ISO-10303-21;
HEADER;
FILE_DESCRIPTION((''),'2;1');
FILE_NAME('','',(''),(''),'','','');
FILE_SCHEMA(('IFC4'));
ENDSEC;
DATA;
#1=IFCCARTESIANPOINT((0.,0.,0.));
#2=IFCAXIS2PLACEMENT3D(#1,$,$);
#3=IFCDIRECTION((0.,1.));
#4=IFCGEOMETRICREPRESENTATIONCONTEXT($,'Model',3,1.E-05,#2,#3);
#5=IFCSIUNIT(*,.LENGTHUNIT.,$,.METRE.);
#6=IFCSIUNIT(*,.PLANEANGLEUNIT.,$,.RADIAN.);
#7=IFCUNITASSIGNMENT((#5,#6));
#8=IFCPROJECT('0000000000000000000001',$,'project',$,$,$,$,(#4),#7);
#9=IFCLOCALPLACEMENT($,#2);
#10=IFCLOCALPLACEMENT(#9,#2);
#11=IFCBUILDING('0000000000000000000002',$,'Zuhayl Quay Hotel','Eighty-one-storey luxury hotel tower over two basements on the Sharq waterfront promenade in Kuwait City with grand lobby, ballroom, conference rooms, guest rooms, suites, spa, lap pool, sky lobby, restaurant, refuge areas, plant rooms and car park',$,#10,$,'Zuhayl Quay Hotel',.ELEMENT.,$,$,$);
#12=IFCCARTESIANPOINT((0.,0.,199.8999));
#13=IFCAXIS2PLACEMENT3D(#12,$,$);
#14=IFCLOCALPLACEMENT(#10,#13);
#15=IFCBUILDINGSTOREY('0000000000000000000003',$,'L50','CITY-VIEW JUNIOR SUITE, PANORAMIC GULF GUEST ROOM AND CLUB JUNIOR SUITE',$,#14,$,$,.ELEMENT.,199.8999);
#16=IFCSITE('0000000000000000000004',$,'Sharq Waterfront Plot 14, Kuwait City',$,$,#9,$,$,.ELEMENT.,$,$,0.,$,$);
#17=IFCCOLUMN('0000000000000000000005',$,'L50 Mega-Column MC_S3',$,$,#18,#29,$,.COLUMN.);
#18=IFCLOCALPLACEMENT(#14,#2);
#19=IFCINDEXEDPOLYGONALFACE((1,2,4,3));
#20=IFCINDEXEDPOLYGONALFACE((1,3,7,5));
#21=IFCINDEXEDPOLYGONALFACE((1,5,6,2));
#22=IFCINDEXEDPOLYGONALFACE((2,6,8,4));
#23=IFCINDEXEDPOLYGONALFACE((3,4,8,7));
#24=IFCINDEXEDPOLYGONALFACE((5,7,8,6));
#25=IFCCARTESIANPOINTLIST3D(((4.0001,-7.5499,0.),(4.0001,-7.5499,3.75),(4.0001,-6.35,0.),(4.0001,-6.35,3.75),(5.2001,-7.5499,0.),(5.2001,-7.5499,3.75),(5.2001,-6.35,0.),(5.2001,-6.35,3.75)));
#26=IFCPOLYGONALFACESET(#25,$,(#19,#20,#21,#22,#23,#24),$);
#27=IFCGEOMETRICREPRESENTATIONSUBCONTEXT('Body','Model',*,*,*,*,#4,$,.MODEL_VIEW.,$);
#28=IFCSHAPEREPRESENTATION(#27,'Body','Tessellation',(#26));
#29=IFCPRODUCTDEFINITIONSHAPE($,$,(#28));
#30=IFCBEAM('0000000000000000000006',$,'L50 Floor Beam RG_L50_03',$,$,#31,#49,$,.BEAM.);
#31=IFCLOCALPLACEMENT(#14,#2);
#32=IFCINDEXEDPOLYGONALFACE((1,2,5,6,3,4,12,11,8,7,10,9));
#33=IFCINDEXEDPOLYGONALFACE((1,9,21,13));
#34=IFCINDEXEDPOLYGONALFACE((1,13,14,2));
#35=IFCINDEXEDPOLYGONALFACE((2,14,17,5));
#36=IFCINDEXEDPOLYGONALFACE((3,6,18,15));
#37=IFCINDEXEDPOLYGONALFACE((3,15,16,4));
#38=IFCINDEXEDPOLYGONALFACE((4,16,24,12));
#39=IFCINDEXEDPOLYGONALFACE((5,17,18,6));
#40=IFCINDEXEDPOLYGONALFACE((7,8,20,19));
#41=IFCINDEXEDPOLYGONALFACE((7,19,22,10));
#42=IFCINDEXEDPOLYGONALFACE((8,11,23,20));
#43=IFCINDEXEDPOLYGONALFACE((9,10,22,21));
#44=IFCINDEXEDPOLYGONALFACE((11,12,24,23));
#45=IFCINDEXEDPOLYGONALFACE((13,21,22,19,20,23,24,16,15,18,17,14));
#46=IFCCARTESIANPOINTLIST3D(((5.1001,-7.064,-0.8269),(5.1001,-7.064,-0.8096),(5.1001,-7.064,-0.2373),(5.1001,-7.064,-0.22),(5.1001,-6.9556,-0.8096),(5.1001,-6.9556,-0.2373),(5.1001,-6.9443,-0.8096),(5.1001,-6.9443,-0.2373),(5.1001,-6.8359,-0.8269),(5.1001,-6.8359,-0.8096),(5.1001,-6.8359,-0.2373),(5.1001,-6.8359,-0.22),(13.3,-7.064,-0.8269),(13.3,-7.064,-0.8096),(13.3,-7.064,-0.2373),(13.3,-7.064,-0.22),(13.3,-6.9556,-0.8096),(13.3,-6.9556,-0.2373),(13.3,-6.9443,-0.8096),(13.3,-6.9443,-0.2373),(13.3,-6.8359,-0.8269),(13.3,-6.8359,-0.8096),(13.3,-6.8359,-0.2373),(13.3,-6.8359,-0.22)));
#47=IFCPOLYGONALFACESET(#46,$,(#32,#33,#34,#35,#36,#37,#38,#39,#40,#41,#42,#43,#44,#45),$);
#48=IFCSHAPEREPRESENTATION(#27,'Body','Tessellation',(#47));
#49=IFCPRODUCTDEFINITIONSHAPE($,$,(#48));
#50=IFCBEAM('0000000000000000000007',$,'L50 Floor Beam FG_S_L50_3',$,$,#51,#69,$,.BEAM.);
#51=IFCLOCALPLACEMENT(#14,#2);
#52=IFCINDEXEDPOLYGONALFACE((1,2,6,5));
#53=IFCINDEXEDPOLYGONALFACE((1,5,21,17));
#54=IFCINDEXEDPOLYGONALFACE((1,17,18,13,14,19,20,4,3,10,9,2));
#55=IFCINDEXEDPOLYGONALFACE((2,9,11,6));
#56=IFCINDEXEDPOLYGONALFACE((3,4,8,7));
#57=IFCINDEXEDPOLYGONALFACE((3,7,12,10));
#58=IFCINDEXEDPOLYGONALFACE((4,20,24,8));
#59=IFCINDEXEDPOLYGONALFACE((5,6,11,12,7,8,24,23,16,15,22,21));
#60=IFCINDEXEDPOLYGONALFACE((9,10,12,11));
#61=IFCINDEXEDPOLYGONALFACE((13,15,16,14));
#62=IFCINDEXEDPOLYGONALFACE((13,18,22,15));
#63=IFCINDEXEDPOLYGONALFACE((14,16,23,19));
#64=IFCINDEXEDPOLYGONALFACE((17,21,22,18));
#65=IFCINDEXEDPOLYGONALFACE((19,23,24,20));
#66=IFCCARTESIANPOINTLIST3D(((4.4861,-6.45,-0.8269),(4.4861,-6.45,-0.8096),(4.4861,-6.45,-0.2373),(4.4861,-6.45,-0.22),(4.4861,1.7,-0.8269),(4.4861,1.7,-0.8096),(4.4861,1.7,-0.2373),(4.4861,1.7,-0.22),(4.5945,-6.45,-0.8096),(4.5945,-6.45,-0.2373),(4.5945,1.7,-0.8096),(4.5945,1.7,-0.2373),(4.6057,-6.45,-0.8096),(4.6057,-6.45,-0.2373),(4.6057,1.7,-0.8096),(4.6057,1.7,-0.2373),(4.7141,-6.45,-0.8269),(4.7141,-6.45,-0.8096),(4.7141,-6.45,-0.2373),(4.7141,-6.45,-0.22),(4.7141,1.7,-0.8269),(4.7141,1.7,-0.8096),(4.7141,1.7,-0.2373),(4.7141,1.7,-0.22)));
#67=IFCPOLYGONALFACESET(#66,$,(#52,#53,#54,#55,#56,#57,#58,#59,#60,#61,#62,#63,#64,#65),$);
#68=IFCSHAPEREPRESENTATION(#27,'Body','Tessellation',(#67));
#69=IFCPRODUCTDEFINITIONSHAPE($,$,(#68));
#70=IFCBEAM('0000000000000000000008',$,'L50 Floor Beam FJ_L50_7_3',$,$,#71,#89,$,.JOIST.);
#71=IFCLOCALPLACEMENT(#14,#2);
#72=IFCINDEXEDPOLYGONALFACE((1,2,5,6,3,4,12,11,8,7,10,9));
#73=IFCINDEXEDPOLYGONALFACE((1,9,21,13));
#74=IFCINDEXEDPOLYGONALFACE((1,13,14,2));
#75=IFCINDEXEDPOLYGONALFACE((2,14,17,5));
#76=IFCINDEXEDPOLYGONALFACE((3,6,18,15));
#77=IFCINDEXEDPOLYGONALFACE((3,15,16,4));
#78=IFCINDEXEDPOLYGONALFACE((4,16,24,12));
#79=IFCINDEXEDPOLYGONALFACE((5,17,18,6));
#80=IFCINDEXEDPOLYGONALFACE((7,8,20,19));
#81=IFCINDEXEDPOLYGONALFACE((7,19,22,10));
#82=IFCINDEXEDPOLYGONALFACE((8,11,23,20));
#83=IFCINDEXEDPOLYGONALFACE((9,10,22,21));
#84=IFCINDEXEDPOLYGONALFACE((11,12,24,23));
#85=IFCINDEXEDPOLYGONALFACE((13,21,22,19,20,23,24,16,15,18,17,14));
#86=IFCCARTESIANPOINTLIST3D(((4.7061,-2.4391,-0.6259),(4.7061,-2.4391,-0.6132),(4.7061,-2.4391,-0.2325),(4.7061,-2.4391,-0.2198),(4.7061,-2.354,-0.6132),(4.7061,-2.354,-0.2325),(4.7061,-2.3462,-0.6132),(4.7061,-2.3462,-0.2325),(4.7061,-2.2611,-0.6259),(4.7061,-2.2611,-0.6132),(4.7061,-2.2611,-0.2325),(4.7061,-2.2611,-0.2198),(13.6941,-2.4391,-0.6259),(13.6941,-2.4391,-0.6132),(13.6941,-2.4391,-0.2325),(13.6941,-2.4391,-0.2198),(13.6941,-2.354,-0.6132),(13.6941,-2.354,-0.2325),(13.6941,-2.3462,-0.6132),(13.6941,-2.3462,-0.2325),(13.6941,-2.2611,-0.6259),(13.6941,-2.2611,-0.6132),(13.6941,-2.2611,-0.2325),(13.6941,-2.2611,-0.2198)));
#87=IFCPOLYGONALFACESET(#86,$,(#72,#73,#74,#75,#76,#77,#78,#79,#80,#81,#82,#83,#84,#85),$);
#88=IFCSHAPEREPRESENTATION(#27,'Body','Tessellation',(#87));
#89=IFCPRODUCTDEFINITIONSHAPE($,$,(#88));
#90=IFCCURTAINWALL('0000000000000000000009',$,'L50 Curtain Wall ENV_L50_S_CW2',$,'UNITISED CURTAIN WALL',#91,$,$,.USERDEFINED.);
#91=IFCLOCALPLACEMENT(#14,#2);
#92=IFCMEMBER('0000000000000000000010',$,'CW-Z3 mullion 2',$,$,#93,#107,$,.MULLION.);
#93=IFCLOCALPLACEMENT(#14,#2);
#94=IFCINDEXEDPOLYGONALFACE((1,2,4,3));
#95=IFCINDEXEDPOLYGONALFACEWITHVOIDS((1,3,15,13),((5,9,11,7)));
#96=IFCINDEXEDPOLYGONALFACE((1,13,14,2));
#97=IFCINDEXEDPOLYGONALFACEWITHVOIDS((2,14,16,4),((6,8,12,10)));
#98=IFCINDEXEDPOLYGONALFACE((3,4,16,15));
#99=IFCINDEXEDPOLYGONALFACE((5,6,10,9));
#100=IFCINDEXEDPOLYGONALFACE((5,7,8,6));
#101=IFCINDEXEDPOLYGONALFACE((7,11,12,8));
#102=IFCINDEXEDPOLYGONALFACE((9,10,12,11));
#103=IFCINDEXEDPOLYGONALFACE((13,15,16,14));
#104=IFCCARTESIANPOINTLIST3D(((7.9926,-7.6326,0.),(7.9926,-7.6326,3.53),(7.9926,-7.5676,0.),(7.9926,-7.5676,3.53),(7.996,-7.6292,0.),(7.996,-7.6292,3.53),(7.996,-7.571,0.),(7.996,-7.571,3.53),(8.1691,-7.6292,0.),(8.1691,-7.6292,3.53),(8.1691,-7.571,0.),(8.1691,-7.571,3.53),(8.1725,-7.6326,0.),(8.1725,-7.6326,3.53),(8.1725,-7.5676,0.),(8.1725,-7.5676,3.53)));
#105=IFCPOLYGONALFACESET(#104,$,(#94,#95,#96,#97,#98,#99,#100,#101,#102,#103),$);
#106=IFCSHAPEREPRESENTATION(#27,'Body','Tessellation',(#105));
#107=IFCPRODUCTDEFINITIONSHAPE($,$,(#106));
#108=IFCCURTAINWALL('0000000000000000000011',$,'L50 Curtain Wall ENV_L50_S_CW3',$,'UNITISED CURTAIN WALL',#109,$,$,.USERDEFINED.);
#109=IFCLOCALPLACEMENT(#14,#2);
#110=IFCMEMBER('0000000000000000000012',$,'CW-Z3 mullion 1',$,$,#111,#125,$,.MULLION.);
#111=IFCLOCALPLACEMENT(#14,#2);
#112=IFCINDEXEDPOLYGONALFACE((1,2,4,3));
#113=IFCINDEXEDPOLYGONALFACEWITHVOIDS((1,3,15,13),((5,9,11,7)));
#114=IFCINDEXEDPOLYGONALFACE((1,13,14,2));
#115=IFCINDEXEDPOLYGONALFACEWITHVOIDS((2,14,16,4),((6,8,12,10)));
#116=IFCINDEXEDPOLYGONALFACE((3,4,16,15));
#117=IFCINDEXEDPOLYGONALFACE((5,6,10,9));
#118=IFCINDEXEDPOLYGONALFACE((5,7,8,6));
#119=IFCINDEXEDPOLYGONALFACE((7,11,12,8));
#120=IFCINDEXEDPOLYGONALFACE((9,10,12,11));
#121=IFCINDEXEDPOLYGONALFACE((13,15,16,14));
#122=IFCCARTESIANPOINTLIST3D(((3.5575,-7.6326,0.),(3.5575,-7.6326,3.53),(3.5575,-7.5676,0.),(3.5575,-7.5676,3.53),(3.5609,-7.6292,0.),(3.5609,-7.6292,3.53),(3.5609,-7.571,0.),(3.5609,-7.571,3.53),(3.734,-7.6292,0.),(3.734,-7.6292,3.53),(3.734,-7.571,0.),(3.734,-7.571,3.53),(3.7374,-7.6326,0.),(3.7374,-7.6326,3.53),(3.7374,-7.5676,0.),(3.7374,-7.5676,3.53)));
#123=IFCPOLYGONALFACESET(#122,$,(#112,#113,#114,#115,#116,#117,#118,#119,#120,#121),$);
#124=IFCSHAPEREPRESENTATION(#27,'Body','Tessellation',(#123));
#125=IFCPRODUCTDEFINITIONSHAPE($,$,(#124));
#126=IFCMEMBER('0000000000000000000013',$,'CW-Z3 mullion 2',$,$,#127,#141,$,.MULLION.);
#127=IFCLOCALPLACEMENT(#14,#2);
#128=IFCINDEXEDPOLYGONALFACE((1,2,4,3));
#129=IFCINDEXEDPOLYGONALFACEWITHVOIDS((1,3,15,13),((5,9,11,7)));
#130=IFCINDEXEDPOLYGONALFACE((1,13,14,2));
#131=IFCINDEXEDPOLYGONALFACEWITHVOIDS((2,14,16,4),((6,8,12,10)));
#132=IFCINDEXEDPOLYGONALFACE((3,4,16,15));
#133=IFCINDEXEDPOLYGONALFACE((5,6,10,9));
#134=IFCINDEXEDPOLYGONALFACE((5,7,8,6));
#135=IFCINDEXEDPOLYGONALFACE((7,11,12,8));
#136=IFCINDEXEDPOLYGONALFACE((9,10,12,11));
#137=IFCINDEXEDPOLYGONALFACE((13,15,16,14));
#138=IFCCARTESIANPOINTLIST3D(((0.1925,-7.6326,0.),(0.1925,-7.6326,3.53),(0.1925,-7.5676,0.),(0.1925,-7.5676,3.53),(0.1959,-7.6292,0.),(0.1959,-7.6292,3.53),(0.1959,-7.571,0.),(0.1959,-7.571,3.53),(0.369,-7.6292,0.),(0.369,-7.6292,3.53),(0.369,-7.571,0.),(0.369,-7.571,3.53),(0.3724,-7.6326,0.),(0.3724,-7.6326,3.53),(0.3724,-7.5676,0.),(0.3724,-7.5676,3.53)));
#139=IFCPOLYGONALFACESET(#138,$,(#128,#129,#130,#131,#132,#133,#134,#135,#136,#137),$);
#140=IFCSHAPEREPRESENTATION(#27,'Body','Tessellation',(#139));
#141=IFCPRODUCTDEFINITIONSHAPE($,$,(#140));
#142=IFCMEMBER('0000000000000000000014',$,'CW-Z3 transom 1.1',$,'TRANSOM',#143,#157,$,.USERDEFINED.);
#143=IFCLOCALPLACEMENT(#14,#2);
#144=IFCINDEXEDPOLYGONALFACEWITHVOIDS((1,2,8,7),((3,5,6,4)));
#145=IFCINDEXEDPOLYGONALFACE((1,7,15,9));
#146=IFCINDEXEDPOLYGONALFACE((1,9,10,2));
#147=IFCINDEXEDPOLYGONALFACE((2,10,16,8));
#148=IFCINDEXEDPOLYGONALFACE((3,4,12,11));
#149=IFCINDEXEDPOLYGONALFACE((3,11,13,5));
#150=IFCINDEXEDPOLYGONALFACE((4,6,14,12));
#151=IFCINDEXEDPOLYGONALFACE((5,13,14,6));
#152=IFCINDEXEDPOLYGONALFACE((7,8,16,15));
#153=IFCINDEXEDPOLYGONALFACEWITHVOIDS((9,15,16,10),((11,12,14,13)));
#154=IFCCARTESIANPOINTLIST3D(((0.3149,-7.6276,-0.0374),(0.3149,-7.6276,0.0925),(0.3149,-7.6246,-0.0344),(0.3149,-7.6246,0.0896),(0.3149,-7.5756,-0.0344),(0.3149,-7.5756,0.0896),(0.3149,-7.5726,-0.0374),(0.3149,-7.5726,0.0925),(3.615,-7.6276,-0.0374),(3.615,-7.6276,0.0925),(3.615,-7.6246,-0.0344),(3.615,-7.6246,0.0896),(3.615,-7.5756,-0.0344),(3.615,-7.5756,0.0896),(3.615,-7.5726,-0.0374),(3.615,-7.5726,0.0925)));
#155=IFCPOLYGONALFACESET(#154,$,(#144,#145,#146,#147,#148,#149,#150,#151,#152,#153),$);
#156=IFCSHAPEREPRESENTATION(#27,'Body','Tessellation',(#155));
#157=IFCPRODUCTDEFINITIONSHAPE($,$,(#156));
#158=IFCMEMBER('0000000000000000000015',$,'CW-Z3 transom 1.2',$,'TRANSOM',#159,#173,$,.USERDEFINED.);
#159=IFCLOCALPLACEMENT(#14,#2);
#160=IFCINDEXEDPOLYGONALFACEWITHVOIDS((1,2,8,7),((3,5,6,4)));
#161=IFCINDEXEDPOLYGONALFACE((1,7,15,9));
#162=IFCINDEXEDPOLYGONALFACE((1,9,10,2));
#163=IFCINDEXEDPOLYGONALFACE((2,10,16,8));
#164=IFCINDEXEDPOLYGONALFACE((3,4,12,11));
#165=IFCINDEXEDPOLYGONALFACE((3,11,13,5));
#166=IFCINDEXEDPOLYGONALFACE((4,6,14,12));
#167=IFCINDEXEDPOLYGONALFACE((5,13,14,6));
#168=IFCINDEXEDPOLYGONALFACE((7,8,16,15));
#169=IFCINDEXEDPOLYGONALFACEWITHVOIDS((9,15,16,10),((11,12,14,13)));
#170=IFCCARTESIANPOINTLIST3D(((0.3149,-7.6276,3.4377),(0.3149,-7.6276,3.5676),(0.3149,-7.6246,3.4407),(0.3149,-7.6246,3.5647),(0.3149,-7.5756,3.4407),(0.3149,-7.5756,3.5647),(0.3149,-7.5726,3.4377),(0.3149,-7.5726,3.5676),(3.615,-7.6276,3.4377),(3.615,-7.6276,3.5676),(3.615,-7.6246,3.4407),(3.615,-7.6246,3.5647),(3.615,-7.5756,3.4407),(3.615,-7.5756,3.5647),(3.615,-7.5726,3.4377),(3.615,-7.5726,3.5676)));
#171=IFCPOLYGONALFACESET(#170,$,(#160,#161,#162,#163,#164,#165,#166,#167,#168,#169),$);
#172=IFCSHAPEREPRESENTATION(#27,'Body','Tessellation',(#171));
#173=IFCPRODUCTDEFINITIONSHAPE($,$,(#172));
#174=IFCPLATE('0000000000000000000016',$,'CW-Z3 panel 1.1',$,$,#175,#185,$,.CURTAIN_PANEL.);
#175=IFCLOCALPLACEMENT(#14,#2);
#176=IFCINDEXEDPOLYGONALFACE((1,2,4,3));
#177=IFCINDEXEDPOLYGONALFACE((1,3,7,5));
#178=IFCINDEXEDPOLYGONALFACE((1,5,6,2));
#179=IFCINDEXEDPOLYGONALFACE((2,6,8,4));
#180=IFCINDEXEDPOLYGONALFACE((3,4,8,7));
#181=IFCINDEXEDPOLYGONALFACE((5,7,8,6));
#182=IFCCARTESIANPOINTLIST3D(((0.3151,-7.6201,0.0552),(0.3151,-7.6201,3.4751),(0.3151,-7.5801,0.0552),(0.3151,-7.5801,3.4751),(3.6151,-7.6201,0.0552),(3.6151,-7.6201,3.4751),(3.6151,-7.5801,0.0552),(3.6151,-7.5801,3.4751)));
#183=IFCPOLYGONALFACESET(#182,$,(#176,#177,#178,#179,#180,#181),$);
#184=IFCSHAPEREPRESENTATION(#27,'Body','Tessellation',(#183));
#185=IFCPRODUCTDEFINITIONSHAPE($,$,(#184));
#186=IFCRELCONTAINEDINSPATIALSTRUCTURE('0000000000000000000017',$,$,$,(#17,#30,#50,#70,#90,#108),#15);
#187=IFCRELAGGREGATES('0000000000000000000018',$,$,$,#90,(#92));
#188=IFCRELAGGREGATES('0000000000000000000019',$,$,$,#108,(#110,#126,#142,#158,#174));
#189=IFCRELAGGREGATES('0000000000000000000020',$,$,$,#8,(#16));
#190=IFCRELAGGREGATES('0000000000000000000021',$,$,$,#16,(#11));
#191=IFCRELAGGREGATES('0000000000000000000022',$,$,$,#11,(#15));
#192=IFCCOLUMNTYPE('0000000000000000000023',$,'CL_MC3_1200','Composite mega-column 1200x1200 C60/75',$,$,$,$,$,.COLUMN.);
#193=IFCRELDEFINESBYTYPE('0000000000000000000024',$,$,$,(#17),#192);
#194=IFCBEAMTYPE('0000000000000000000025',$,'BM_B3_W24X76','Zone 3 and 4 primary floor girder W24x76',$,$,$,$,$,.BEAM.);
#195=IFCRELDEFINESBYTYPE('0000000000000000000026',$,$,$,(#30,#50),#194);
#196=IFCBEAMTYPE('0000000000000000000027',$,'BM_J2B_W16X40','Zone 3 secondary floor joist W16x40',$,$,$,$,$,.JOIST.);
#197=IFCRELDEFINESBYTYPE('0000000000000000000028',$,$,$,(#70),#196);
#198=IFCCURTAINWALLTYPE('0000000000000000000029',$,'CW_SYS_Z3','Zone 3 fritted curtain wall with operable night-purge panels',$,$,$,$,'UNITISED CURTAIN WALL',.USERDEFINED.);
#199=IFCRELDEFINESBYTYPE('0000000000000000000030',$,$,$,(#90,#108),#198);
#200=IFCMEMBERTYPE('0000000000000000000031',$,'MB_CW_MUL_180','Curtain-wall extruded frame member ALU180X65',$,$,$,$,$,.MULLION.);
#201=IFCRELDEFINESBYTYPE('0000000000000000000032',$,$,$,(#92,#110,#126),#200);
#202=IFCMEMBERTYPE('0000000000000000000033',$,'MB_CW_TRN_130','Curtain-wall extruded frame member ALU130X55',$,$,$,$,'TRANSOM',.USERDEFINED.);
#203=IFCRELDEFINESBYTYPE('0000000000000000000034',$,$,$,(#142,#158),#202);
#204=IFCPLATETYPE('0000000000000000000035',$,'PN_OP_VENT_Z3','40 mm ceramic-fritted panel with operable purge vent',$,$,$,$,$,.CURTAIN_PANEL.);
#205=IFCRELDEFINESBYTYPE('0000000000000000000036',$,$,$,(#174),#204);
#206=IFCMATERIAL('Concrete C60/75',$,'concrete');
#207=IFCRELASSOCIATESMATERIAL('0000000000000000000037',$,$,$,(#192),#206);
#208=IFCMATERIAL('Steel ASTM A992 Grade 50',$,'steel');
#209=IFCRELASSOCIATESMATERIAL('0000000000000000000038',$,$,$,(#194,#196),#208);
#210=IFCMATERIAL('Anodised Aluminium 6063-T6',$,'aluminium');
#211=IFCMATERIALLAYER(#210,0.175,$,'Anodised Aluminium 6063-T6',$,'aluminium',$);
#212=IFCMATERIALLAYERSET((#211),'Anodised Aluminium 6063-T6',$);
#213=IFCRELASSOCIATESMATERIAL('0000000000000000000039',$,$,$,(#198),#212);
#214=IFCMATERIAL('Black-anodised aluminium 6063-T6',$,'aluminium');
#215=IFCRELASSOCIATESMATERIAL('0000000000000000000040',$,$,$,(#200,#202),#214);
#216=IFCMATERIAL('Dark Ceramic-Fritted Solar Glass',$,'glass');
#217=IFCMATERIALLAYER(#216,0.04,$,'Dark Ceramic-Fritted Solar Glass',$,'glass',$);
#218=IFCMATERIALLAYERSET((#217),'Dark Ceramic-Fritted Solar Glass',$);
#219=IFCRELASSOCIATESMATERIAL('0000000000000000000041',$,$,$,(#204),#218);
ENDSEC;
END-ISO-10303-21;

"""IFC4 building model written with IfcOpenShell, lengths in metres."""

from ifc_helpers import new_model, si_unit, direction, frame, origin, origin_2d, place, context, subcontext, project, spatial, rectangle, hollow_rectangle, i_section, extrude, material, layer, layer_set, material_profile, profile_set, type_object, element, aggregate, save


model = new_model("IFC4")

# Units and contexts
model_context = context("Model", 3, precision=1e-05, world=origin(), true_north=direction((0.0, 1.0)))
body_context = subcontext(model_context, "Body", "Model", "MODEL_VIEW")
ifc_project = project(units=[si_unit("LENGTHUNIT", "METRE"), si_unit("PLANEANGLEUNIT", "RADIAN")], contexts=[model_context])

# Site, building, storey
site_placement = place(None, origin())
site = spatial("IfcSite", under=ifc_project, at=site_placement, Name="Sharq Waterfront Plot 14, Kuwait City", CompositionType="ELEMENT", RefElevation=0.0)
building_placement = place(site_placement, origin())
building = spatial("IfcBuilding", under=site, at=building_placement, Name="Zuhayl Quay Hotel", Description="Eighty-one-storey luxury hotel tower over two basements on the Sharq waterfront promenade in Kuwait City with grand lobby, ballroom, conference rooms, guest rooms, suites, spa, lap pool, sky lobby, restaurant, refuge areas, plant rooms and car park", LongName="Zuhayl Quay Hotel", CompositionType="ELEMENT")
storey_placement = place(building_placement, frame((0.0, 0.0, 199.8999)))
storey = spatial("IfcBuildingStorey", under=building, at=storey_placement, Name="L50", Description="CITY-VIEW JUNIOR SUITE, PANORAMIC GULF GUEST ROOM AND CLUB JUNIOR SUITE", CompositionType="ELEMENT", Elevation=199.8999)

# Column
ifc_material_1 = material(Name="Concrete C60/75", Category="concrete")
ifc_material_profile_1 = material_profile(ifc_material_1, rectangle(XDim=1.2, YDim=1.2, at=origin_2d()), Name="RC1200X1200")
ifc_profile_set_1 = profile_set([ifc_material_profile_1], Name="Concrete C60/75")
column_type = type_object("IfcColumnType", Name="CL_MC3_1200", Description="Composite mega-column 1200x1200 C60/75", PredefinedType="COLUMN", material=ifc_profile_set_1)
column_placement = place(storey_placement, frame((4.6001, -6.95, 0.0), z_axis=(0.0, 0.0, 1.0), x_axis=(1.0, 0.0, 0.0)))
element("IfcColumn", 1, at=column_placement, inside=storey, type_object=column_type, Name="L50 Mega-Column MC_S3", PredefinedType="COLUMN", context=body_context, shape_type="SweptSolid", body=[
    extrude(rectangle(XDim=1.2, YDim=1.2, at=origin_2d()), origin(), (0.0, 0.0, 1.0), 3.75),
])

# Beams
ifc_material_2 = material(Name="Steel ASTM A992 Grade 50", Category="steel")
ifc_material_profile_2 = material_profile(ifc_material_2, i_section(OverallWidth=0.228, OverallDepth=0.6069, WebThickness=0.0112, FlangeThickness=0.0173, at=origin_2d()), Name="W24X76")
ifc_profile_set_2 = profile_set([ifc_material_profile_2], Name="Steel ASTM A992 Grade 50")
beam_type_1 = type_object("IfcBeamType", Name="BM_B3_W24X76", Description="Zone 3 and 4 primary floor girder W24x76", PredefinedType="BEAM", material=ifc_profile_set_2)
beam_1_placement = place(storey_placement, frame((5.1001, -6.95, -0.5234), z_axis=(1.0, 0.0, 0.0), x_axis=(0.0, 1.0, 0.0)))
element("IfcBeam", 2, at=beam_1_placement, inside=storey, type_object=beam_type_1, Name="L50 Floor Beam RG_L50_03", PredefinedType="BEAM", context=body_context, shape_type="SweptSolid", body=[
    extrude(i_section(OverallWidth=0.228, OverallDepth=0.6069, WebThickness=0.0112, FlangeThickness=0.0173, at=origin_2d()), origin(), (0.0, 0.0, 1.0), 8.2),
])
beam_2_placement = place(storey_placement, frame((4.6001, -6.45, -0.5234), z_axis=(0.0, 1.0, 0.0), x_axis=(-1.0, 0.0, 0.0)))
element("IfcBeam", 3, at=beam_2_placement, inside=storey, type_object=beam_type_1, Name="L50 Floor Beam FG_S_L50_3", PredefinedType="BEAM", context=body_context, shape_type="SweptSolid", body=[
    extrude(i_section(OverallWidth=0.228, OverallDepth=0.6069, WebThickness=0.0112, FlangeThickness=0.0173, at=origin_2d()), origin(), (0.0, 0.0, 1.0), 8.1499),
])
ifc_material_profile_3 = material_profile(ifc_material_2, i_section(OverallWidth=0.178, OverallDepth=0.406, WebThickness=0.0078, FlangeThickness=0.0127, at=origin_2d()), Name="W16X40")
ifc_profile_set_3 = profile_set([ifc_material_profile_3], Name="Steel ASTM A992 Grade 50")
beam_type_2 = type_object("IfcBeamType", Name="BM_J2B_W16X40", Description="Zone 3 secondary floor joist W16x40", PredefinedType="JOIST", material=ifc_profile_set_3)
beam_3_placement = place(storey_placement, frame((4.7061, -2.3501, -0.4229), z_axis=(1.0, 0.0, 0.0), x_axis=(0.0, 1.0, 0.0)))
element("IfcBeam", 4, at=beam_3_placement, inside=storey, type_object=beam_type_2, Name="L50 Floor Beam FJ_L50_7_3", PredefinedType="JOIST", context=body_context, shape_type="SweptSolid", body=[
    extrude(i_section(OverallWidth=0.178, OverallDepth=0.406, WebThickness=0.0078, FlangeThickness=0.0127, at=origin_2d()), origin(), (0.0, 0.0, 1.0), 8.988),
])

# Curtain wall, member
ifc_material_3 = material(Name="Anodised Aluminium 6063-T6", Category="aluminium")
ifc_layer_1 = layer(ifc_material_3, 0.175, Name="Anodised Aluminium 6063-T6", Category="aluminium")
ifc_layer_set_1 = layer_set([ifc_layer_1], Name="Anodised Aluminium 6063-T6")
curtain_wall_type = type_object("IfcCurtainWallType", Name="CW_SYS_Z3", Description="Zone 3 fritted curtain wall with operable night-purge panels", ElementType="UNITISED CURTAIN WALL", PredefinedType="USERDEFINED", material=ifc_layer_set_1)
curtain_wall_1_placement = place(storey_placement, origin())
curtain_wall_1 = element("IfcCurtainWall", 5, at=curtain_wall_1_placement, inside=storey, type_object=curtain_wall_type, Name="L50 Curtain Wall ENV_L50_S_CW2", ObjectType="UNITISED CURTAIN WALL", PredefinedType="USERDEFINED")
ifc_material_4 = material(Name="Black-anodised aluminium 6063-T6", Category="aluminium")
ifc_material_profile_4 = material_profile(ifc_material_4, hollow_rectangle(XDim=0.0649, YDim=0.1799, WallThickness=0.0034, at=origin_2d()), Name="ALU180X65")
ifc_profile_set_4 = profile_set([ifc_material_profile_4], Name="Black-anodised aluminium 6063-T6")
member_type_1 = type_object("IfcMemberType", Name="MB_CW_MUL_180", Description="Curtain-wall extruded frame member ALU180X65", PredefinedType="MULLION", material=ifc_profile_set_4)
member_1_placement = place(storey_placement, frame((8.0825, -7.6001, 0.0), z_axis=(0.0, 0.0, 1.0), x_axis=(0.0, -1.0, 0.0)))
member_1 = element("IfcMember", 6, at=member_1_placement, type_object=member_type_1, Name="CW-Z3 mullion 2", PredefinedType="MULLION", context=body_context, shape_type="SweptSolid", body=[
    extrude(hollow_rectangle(XDim=0.0649, YDim=0.1799, WallThickness=0.0034, at=origin_2d()), origin(), (0.0, 0.0, 1.0), 3.53),
])
aggregate(curtain_wall_1, [member_1])

# Curtain wall, members, plate
curtain_wall_2_placement = place(storey_placement, origin())
curtain_wall_2 = element("IfcCurtainWall", 7, at=curtain_wall_2_placement, inside=storey, type_object=curtain_wall_type, Name="L50 Curtain Wall ENV_L50_S_CW3", ObjectType="UNITISED CURTAIN WALL", PredefinedType="USERDEFINED")
member_2_placement = place(storey_placement, frame((3.6475, -7.6001, 0.0), z_axis=(0.0, 0.0, 1.0), x_axis=(0.0, -1.0, 0.0)))
member_2 = element("IfcMember", 8, at=member_2_placement, type_object=member_type_1, Name="CW-Z3 mullion 1", PredefinedType="MULLION", context=body_context, shape_type="SweptSolid", body=[
    extrude(hollow_rectangle(XDim=0.0649, YDim=0.1799, WallThickness=0.0034, at=origin_2d()), origin(), (0.0, 0.0, 1.0), 3.53),
])
member_3_placement = place(storey_placement, frame((0.2825, -7.6001, 0.0), z_axis=(0.0, 0.0, 1.0), x_axis=(0.0, -1.0, 0.0)))
member_3 = element("IfcMember", 9, at=member_3_placement, type_object=member_type_1, Name="CW-Z3 mullion 2", PredefinedType="MULLION", context=body_context, shape_type="SweptSolid", body=[
    extrude(hollow_rectangle(XDim=0.0649, YDim=0.1799, WallThickness=0.0034, at=origin_2d()), origin(), (0.0, 0.0, 1.0), 3.53),
])
ifc_material_profile_5 = material_profile(ifc_material_4, hollow_rectangle(XDim=0.0549, YDim=0.1299, WallThickness=0.0029, at=origin_2d()), Name="ALU130X55")
ifc_profile_set_5 = profile_set([ifc_material_profile_5], Name="Black-anodised aluminium 6063-T6")
member_type_2 = type_object("IfcMemberType", Name="MB_CW_TRN_130", Description="Curtain-wall extruded frame member ALU130X55", ElementType="TRANSOM", PredefinedType="USERDEFINED", material=ifc_profile_set_5)
member_4_placement = place(storey_placement, frame((3.615, -7.6001, 0.0276), z_axis=(-1.0, 0.0, 0.0), x_axis=(0.0, -1.0, 0.0)))
member_4 = element("IfcMember", 10, at=member_4_placement, type_object=member_type_2, Name="CW-Z3 transom 1.1", ObjectType="TRANSOM", PredefinedType="USERDEFINED", context=body_context, shape_type="SweptSolid", body=[
    extrude(hollow_rectangle(XDim=0.0549, YDim=0.1299, WallThickness=0.0029, at=origin_2d()), origin(), (0.0, 0.0, 1.0), 3.3),
])
member_5_placement = place(storey_placement, frame((3.615, -7.6001, 3.5027), z_axis=(-1.0, 0.0, 0.0), x_axis=(0.0, -1.0, 0.0)))
member_5 = element("IfcMember", 11, at=member_5_placement, type_object=member_type_2, Name="CW-Z3 transom 1.2", ObjectType="TRANSOM", PredefinedType="USERDEFINED", context=body_context, shape_type="SweptSolid", body=[
    extrude(hollow_rectangle(XDim=0.0549, YDim=0.1299, WallThickness=0.0029, at=origin_2d()), origin(), (0.0, 0.0, 1.0), 3.3),
])
ifc_material_5 = material(Name="Dark Ceramic-Fritted Solar Glass", Category="glass")
ifc_layer_2 = layer(ifc_material_5, 0.04, Name="Dark Ceramic-Fritted Solar Glass", Category="glass")
ifc_layer_set_2 = layer_set([ifc_layer_2], Name="Dark Ceramic-Fritted Solar Glass")
plate_type = type_object("IfcPlateType", Name="PN_OP_VENT_Z3", Description="40 mm ceramic-fritted panel with operable purge vent", PredefinedType="CURTAIN_PANEL", material=ifc_layer_set_2)
plate_placement = place(storey_placement, frame((1.9651, -7.6001, 0.0552), z_axis=(0.0, 0.0, 1.0), x_axis=(-1.0, 0.0, 0.0)))
plate = element("IfcPlate", 12, at=plate_placement, type_object=plate_type, Name="CW-Z3 panel 1.1", PredefinedType="CURTAIN_PANEL", context=body_context, shape_type="SweptSolid", body=[
    extrude(rectangle(XDim=3.3, YDim=0.04, at=origin_2d()), origin(), (0.0, 0.0, 1.0), 3.4199),
])
aggregate(curtain_wall_2, [member_2, member_3, member_4, member_5, plate])

save(model, "model.ifc")
